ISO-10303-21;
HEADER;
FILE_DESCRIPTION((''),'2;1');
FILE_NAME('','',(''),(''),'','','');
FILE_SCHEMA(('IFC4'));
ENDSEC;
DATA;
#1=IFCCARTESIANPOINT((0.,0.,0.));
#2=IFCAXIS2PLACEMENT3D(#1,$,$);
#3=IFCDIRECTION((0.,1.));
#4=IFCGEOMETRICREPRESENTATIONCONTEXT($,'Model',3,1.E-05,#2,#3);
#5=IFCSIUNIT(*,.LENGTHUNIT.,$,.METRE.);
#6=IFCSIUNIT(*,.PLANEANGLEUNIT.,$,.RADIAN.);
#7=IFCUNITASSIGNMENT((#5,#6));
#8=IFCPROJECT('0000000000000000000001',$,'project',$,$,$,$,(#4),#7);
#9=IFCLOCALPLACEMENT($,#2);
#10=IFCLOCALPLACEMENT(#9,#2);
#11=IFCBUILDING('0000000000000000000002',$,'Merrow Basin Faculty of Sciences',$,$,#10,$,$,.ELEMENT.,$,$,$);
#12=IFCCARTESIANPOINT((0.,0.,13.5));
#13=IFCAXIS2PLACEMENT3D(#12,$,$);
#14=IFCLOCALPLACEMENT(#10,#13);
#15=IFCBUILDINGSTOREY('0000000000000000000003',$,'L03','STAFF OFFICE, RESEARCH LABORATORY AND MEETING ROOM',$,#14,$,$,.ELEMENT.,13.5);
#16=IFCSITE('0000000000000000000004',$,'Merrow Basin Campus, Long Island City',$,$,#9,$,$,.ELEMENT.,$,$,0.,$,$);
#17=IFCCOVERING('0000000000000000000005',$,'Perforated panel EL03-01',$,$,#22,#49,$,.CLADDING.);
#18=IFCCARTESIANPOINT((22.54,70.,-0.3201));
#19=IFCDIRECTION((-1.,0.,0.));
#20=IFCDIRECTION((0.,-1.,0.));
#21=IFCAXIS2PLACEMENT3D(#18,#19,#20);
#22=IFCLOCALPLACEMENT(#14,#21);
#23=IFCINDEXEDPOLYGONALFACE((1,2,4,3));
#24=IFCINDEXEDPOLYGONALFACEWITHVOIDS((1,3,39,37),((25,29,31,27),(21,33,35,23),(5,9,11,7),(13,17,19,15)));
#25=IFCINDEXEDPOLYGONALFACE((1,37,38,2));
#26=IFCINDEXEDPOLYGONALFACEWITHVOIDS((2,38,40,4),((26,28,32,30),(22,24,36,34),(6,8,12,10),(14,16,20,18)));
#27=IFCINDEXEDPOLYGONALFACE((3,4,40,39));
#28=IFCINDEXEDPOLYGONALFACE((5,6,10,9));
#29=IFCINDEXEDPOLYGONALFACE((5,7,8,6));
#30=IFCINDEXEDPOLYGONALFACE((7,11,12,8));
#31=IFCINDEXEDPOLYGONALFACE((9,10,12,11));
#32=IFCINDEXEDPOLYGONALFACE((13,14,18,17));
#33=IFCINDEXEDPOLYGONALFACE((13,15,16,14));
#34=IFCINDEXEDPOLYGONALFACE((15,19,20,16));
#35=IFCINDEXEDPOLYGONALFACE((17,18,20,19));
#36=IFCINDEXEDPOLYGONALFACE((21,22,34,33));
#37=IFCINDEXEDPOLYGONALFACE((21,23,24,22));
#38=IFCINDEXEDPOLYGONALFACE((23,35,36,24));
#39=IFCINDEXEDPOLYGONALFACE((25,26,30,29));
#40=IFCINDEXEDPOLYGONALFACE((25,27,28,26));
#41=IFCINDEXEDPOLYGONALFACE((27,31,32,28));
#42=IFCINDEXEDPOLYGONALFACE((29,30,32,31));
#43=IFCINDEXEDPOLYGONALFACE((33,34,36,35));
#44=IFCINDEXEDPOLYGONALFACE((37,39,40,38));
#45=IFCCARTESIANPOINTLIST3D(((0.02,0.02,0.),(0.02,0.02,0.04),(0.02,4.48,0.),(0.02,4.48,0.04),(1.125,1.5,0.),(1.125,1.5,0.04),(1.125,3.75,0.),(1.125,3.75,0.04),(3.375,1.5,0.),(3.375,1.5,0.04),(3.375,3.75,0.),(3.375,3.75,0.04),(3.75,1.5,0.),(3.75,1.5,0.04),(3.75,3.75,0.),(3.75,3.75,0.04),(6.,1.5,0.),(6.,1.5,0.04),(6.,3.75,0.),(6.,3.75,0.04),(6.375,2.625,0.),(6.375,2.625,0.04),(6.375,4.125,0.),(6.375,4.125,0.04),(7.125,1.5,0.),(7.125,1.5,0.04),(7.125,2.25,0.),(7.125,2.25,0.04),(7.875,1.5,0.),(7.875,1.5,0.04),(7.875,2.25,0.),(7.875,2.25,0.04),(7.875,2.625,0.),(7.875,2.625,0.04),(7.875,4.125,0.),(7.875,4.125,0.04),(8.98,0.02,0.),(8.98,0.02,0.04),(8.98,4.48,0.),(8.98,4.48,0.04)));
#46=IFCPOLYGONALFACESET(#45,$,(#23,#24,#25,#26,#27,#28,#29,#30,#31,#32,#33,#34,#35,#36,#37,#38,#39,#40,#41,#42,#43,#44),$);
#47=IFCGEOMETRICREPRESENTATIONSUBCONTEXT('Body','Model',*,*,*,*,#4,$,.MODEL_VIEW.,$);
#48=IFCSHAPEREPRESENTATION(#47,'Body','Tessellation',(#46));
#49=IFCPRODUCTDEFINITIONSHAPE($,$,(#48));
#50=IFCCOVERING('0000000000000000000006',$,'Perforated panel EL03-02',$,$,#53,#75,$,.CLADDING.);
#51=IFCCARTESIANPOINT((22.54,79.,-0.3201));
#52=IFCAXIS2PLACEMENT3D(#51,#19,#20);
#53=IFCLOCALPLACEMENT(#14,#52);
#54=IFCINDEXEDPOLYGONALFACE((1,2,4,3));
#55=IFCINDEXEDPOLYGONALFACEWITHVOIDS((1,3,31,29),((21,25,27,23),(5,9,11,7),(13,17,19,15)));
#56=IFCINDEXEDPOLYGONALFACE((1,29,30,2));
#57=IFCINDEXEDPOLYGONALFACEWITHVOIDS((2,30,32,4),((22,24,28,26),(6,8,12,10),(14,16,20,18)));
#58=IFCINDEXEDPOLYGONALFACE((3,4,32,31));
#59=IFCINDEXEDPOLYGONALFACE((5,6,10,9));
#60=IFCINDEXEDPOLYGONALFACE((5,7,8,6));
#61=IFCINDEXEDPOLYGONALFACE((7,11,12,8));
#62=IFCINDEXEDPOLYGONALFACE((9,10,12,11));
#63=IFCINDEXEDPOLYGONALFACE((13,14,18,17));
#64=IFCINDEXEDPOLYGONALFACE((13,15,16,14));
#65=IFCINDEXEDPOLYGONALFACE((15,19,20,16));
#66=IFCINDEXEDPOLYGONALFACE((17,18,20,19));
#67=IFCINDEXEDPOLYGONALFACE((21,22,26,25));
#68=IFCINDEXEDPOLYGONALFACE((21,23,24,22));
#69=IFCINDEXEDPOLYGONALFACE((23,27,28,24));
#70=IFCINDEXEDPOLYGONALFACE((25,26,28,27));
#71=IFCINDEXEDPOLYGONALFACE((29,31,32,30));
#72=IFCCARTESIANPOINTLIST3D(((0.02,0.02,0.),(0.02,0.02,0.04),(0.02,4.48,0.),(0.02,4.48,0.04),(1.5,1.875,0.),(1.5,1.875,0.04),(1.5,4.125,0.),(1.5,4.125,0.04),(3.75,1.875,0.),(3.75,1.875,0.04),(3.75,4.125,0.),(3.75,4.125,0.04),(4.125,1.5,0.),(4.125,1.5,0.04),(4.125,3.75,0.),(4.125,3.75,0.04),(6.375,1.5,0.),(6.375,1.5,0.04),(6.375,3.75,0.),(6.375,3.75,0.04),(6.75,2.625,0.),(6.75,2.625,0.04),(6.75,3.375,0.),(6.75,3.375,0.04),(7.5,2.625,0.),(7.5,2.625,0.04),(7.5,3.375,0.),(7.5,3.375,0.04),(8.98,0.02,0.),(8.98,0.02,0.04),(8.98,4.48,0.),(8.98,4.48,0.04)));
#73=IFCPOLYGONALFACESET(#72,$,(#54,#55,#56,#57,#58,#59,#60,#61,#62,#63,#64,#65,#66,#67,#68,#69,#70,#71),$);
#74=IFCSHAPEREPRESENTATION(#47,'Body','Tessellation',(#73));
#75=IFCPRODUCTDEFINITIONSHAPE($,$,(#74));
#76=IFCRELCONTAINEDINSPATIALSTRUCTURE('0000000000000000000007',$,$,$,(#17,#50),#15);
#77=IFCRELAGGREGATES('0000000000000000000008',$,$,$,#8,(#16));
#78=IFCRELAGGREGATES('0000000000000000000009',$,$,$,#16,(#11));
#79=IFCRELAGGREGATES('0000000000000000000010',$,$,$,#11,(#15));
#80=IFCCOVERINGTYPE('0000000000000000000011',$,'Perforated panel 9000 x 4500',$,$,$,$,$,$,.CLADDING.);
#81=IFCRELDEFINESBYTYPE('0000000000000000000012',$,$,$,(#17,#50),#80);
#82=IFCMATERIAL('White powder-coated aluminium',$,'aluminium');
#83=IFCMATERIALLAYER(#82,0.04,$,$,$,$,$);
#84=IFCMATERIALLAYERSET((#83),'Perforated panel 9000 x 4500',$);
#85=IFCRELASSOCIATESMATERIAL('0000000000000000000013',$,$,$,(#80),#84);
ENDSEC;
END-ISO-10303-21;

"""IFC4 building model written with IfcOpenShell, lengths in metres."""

from ifc_helpers import new_model, si_unit, direction, frame, origin, place, context, subcontext, project, spatial, polyline, outline, extrude, source, transform, mapped, material, layer, layer_set, type_object, element, save


model = new_model("IFC4")

# Units and contexts
model_context = context("Model", 3, precision=1e-05, world=origin(), true_north=direction((0.0, 1.0)))
body_context = subcontext(model_context, "Body", "Model", "MODEL_VIEW")
ifc_project = project(units=[si_unit("LENGTHUNIT", "METRE"), si_unit("PLANEANGLEUNIT", "RADIAN")], contexts=[model_context])

# Site, building, storey
site_placement = place(None, origin())
site = spatial("IfcSite", under=ifc_project, at=site_placement, Name="Merrow Basin Campus, Long Island City", CompositionType="ELEMENT", RefElevation=0.0)
building_placement = place(site_placement, origin())
building = spatial("IfcBuilding", under=site, at=building_placement, Name="Merrow Basin Faculty of Sciences", CompositionType="ELEMENT")
storey_placement = place(building_placement, frame((0.0, 0.0, 13.5)))
storey = spatial("IfcBuildingStorey", under=building, at=storey_placement, Name="L03", Description="STAFF OFFICE, RESEARCH LABORATORY AND MEETING ROOM", CompositionType="ELEMENT", Elevation=13.5)

# Coverings
ifc_material_1 = material(Name="White powder-coated aluminium", Category="aluminium")
ifc_layer = layer(ifc_material_1, 0.04)
ifc_layer_set = layer_set([ifc_layer], Name="Perforated panel 9000 x 4500")
covering_type = type_object("IfcCoveringType", Name="Perforated panel 9000 x 4500", PredefinedType="CLADDING", material=ifc_layer_set)
shared_shape_1 = source(origin(), body_context, "Body", "SweptSolid", [
    extrude(outline(polyline([(0.02, 0.02), (8.98, 0.02), (8.98, 4.48), (0.02, 4.48), (0.02, 0.02)]), holes=[polyline([(7.125, 1.5), (7.875, 1.5), (7.875, 2.25), (7.125, 2.25), (7.125, 1.5)]), polyline([(3.75, 1.5), (6.0, 1.5), (6.0, 3.75), (3.75, 3.75), (3.75, 1.5)]), polyline([(1.125, 1.5), (3.375, 1.5), (3.375, 3.75), (1.125, 3.75), (1.125, 1.5)]), polyline([(6.375, 2.625), (7.875, 2.625), (7.875, 4.125), (6.375, 4.125), (6.375, 2.625)])]), origin(), (0.0, 0.0, 1.0), 0.04),
])
covering_1_placement = place(storey_placement, frame((22.54, 70.0, -0.3201), z_axis=(-1.0, 0.0, 0.0), x_axis=(0.0, -1.0, 0.0)))
element("IfcCovering", 1, at=covering_1_placement, inside=storey, type_object=covering_type, Name="Perforated panel EL03-01", PredefinedType="CLADDING", context=body_context, shape_type="MappedRepresentation", body=[
    mapped(shared_shape_1, transform((0.0, 0.0, 0.0), scale=1.0)),
])
shared_shape_2 = source(origin(), body_context, "Body", "SweptSolid", [
    extrude(outline(polyline([(0.02, 0.02), (8.98, 0.02), (8.98, 4.48), (0.02, 4.48), (0.02, 0.02)]), holes=[polyline([(4.125, 1.5), (6.375, 1.5), (6.375, 3.75), (4.125, 3.75), (4.125, 1.5)]), polyline([(1.5, 1.875), (3.75, 1.875), (3.75, 4.125), (1.5, 4.125), (1.5, 1.875)]), polyline([(6.75, 2.625), (7.5, 2.625), (7.5, 3.375), (6.75, 3.375), (6.75, 2.625)])]), origin(), (0.0, 0.0, 1.0), 0.04),
])
covering_2_placement = place(storey_placement, frame((22.54, 79.0, -0.3201), z_axis=(-1.0, 0.0, 0.0), x_axis=(0.0, -1.0, 0.0)))
element("IfcCovering", 2, at=covering_2_placement, inside=storey, type_object=covering_type, Name="Perforated panel EL03-02", PredefinedType="CLADDING", context=body_context, shape_type="MappedRepresentation", body=[
    mapped(shared_shape_2, transform((0.0, 0.0, 0.0), scale=1.0)),
])

save(model, "model.ifc")
